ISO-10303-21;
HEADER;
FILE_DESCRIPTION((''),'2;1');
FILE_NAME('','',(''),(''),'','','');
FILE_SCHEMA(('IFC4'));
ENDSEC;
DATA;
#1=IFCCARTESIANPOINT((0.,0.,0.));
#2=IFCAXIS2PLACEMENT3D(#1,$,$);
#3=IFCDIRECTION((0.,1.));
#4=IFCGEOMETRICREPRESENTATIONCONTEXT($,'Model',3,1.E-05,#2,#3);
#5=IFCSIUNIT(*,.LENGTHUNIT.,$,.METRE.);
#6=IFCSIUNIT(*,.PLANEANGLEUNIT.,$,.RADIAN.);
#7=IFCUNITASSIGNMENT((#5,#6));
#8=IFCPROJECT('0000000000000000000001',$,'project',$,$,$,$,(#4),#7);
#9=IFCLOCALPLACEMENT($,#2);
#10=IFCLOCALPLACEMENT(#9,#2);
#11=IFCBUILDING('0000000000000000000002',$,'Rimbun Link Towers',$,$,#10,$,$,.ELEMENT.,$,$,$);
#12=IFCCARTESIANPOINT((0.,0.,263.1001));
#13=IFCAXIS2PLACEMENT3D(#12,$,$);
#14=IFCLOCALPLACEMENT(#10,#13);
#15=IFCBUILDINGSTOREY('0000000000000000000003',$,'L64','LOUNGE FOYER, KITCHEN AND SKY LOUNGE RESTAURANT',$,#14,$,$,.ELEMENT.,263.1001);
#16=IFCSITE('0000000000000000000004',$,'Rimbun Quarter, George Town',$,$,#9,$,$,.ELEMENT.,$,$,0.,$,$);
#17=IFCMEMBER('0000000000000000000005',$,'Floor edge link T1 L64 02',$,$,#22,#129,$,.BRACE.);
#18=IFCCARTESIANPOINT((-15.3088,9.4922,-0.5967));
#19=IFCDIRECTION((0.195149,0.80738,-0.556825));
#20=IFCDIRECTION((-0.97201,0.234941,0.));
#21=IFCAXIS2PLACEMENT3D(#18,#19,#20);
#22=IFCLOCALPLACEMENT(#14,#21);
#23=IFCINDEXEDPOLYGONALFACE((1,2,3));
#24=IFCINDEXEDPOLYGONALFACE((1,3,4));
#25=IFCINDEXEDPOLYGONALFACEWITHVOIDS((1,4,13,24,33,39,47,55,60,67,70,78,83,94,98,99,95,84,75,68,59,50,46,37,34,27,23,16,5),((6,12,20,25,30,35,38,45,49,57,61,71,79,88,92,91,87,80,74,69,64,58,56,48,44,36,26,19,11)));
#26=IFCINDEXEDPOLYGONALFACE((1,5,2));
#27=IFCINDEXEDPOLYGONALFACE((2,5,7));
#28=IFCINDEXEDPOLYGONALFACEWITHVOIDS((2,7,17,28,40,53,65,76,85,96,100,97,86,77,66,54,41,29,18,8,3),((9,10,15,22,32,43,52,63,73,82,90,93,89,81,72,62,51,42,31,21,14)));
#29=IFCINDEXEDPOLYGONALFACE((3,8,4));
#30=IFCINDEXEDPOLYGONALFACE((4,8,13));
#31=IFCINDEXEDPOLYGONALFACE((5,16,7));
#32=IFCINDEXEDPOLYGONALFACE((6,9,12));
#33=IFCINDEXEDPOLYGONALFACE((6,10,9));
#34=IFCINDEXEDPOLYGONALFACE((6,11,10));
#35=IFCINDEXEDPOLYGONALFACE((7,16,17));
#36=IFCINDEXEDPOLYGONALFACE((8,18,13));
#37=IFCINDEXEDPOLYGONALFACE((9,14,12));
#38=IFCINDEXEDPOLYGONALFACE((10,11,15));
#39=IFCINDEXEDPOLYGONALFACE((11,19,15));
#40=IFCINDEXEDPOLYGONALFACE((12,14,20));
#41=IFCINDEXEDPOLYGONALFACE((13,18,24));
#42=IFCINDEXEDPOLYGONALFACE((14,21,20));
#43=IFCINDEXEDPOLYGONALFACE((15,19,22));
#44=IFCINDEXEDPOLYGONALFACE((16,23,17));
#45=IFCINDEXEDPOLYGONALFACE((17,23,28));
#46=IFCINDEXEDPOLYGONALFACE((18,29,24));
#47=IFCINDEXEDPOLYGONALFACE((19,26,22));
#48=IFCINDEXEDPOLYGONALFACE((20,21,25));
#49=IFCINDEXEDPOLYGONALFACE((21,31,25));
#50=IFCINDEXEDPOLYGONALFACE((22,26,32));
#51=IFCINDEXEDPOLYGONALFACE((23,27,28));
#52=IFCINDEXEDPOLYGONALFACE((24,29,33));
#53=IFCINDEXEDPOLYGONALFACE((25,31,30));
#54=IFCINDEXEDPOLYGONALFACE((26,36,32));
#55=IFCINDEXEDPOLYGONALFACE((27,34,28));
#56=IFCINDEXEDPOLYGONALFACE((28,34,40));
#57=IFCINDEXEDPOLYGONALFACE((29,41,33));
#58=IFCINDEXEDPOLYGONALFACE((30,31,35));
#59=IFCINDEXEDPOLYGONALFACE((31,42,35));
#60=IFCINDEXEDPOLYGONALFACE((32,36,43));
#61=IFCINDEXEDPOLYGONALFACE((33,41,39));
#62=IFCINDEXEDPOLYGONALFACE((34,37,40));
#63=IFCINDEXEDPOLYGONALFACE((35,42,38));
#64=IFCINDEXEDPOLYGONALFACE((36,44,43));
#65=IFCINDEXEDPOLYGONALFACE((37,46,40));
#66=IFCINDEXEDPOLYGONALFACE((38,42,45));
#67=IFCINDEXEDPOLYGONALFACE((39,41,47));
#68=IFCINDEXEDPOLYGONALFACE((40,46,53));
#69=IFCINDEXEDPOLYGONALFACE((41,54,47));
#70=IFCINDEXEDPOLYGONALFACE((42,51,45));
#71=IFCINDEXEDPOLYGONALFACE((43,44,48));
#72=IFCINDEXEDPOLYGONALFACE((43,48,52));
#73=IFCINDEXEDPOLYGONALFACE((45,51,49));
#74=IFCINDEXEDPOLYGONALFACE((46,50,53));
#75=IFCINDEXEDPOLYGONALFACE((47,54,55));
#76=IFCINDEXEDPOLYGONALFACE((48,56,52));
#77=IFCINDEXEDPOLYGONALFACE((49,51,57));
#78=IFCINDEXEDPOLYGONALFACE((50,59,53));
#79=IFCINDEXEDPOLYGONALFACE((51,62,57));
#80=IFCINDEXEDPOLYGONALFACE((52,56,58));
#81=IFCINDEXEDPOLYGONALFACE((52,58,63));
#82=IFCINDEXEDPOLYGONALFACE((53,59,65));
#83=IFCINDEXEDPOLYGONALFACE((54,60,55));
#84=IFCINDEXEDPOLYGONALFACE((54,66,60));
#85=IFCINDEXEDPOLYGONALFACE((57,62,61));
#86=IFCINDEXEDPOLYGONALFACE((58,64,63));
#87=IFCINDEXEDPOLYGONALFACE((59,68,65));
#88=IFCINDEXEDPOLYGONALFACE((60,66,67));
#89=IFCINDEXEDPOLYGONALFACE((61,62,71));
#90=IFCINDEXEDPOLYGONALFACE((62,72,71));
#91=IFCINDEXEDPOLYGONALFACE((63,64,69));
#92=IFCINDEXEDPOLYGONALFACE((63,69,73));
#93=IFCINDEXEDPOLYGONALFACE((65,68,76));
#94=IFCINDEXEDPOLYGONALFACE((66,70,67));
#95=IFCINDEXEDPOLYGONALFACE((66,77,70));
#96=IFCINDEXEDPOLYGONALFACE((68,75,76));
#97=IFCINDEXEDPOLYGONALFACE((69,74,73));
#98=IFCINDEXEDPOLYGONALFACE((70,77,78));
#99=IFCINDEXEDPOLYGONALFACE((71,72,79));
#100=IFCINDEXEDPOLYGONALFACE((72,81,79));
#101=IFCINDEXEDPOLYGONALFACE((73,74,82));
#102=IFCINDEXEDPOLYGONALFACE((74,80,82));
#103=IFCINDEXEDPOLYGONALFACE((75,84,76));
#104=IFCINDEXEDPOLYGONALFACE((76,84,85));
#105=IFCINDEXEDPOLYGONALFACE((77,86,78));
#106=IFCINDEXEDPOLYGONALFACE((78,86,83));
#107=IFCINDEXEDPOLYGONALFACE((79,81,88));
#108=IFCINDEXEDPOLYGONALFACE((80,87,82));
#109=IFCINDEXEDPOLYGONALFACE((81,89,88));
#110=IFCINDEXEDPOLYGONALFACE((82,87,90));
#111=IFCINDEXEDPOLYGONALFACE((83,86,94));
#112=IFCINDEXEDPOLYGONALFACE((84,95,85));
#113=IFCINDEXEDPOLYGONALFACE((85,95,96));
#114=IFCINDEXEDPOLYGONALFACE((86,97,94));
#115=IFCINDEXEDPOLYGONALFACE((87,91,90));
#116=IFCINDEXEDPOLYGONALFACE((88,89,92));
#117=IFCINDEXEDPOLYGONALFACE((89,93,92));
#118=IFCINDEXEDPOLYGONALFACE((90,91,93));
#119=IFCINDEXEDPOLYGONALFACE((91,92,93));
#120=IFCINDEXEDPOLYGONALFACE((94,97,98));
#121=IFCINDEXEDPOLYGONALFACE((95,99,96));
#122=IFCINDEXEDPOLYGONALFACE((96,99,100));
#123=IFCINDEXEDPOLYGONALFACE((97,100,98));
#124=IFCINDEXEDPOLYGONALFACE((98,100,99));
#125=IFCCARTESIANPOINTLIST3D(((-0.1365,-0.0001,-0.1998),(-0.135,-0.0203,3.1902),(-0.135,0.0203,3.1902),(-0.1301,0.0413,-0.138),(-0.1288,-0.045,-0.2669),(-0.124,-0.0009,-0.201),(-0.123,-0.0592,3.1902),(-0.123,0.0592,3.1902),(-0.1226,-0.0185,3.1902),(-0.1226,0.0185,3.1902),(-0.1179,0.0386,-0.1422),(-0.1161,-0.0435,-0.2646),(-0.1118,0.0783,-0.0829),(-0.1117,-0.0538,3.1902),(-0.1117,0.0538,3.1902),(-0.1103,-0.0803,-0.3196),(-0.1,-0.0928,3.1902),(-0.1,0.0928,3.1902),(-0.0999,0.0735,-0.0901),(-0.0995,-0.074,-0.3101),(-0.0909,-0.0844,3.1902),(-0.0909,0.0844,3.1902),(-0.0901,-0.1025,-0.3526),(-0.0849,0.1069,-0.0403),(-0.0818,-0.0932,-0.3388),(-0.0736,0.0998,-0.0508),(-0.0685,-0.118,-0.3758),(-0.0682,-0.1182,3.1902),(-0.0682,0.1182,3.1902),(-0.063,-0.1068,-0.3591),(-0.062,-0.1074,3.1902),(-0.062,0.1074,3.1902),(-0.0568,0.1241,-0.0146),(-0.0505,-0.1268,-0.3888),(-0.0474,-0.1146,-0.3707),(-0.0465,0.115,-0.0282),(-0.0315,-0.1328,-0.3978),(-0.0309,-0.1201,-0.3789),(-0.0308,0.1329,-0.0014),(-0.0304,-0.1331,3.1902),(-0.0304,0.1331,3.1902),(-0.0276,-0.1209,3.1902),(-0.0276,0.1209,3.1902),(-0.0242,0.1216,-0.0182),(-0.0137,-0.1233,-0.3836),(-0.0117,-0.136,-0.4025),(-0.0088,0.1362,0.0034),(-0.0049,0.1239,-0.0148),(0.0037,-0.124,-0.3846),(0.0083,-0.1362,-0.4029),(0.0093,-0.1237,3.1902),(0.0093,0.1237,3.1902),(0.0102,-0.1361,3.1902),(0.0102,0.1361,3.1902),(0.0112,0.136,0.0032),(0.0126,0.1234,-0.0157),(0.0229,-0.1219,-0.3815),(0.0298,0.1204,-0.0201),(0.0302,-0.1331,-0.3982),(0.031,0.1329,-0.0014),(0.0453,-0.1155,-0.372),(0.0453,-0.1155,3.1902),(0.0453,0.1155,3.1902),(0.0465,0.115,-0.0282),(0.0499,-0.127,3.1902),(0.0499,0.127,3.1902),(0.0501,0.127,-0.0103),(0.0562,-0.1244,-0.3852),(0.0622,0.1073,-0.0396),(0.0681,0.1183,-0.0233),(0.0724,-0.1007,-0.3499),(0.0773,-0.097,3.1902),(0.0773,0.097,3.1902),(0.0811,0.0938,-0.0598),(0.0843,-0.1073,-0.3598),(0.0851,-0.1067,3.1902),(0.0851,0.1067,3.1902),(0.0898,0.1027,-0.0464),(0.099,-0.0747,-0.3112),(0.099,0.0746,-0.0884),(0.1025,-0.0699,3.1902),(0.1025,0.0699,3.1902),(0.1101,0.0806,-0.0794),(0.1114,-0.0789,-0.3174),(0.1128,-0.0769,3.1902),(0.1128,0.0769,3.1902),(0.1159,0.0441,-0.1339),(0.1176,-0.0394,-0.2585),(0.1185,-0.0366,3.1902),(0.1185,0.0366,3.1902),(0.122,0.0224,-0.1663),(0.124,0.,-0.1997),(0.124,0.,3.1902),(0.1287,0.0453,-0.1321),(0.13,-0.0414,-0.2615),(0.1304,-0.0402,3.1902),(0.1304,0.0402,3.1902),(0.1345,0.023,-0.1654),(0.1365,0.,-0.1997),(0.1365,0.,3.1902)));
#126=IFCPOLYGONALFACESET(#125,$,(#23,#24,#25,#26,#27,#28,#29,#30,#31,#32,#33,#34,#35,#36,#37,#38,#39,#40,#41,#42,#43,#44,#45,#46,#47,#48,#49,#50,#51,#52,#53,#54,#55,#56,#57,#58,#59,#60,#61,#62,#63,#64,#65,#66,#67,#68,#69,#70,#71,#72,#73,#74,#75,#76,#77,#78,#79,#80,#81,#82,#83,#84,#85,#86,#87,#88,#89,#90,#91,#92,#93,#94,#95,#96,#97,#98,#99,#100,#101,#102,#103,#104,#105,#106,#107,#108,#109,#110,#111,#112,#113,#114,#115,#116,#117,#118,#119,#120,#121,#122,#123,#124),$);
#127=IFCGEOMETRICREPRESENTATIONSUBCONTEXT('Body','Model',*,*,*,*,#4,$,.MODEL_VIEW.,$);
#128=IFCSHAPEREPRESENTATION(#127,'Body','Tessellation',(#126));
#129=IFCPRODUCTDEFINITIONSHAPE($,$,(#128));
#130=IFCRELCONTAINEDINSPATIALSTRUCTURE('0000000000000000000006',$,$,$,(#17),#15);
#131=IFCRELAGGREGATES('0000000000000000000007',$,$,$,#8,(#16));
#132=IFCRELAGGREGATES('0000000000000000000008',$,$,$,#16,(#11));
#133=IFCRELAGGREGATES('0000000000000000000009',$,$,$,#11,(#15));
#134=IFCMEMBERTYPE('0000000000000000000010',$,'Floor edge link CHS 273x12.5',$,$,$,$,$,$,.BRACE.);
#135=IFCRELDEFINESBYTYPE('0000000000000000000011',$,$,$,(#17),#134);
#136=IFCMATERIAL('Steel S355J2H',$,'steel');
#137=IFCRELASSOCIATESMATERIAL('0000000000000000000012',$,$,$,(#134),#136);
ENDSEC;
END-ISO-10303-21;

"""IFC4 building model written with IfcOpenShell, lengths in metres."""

from ifc_helpers import new_model, si_unit, direction, frame, origin, origin_2d, place, context, subcontext, project, spatial, hollow_circle, extrude, clip, halfspace, material, material_profile, profile_set, type_object, element, save


model = new_model("IFC4")

# Units and contexts
model_context = context("Model", 3, precision=1e-05, world=origin(), true_north=direction((0.0, 1.0)))
body_context = subcontext(model_context, "Body", "Model", "MODEL_VIEW")
ifc_project = project(units=[si_unit("LENGTHUNIT", "METRE"), si_unit("PLANEANGLEUNIT", "RADIAN")], contexts=[model_context])

# Site, building, storey
site_placement = place(None, origin())
site = spatial("IfcSite", under=ifc_project, at=site_placement, Name="Rimbun Quarter, George Town", CompositionType="ELEMENT", RefElevation=0.0)
building_placement = place(site_placement, origin())
building = spatial("IfcBuilding", under=site, at=building_placement, Name="Rimbun Link Towers", CompositionType="ELEMENT")
storey_placement = place(building_placement, frame((0.0, 0.0, 263.1001)))
storey = spatial("IfcBuildingStorey", under=building, at=storey_placement, Name="L64", Description="LOUNGE FOYER, KITCHEN AND SKY LOUNGE RESTAURANT", CompositionType="ELEMENT", Elevation=263.1001)

# Member
ifc_material_1 = material(Name="Steel S355J2H", Category="steel")
ifc_material_profile_1 = material_profile(ifc_material_1, hollow_circle(Radius=0.1365, WallThickness=0.0125, at=origin_2d()), Name="CHS 273x12.5")
ifc_profile_set_1 = profile_set([ifc_material_profile_1], Name="Steel S355J2H")
member_type_1 = type_object("IfcMemberType", Name="Floor edge link CHS 273x12.5", PredefinedType="BRACE", material=ifc_profile_set_1)
member_1_placement = place(storey_placement, frame((-15.3088, 9.4922, -0.5967), z_axis=(0.195149, 0.80738, -0.556825), x_axis=(-0.97201, 0.234941, 0.0)))
element("IfcMember", 1, at=member_1_placement, inside=storey, type_object=member_type_1, Name="Floor edge link T1 L64 02", PredefinedType="BRACE", context=body_context, shape_type="Clipping", body=[
    clip(extrude(hollow_circle(Radius=0.1365, WallThickness=0.0125, at=origin_2d()), frame((0.0, 0.0, -0.4253)), (0.0, 0.0, 1.0), 3.6155), halfspace(frame((0.0, 0.0, -0.1997), z_axis=(0.0, 0.83063, -0.556825)), False)),
])

save(model, "model.ifc")
